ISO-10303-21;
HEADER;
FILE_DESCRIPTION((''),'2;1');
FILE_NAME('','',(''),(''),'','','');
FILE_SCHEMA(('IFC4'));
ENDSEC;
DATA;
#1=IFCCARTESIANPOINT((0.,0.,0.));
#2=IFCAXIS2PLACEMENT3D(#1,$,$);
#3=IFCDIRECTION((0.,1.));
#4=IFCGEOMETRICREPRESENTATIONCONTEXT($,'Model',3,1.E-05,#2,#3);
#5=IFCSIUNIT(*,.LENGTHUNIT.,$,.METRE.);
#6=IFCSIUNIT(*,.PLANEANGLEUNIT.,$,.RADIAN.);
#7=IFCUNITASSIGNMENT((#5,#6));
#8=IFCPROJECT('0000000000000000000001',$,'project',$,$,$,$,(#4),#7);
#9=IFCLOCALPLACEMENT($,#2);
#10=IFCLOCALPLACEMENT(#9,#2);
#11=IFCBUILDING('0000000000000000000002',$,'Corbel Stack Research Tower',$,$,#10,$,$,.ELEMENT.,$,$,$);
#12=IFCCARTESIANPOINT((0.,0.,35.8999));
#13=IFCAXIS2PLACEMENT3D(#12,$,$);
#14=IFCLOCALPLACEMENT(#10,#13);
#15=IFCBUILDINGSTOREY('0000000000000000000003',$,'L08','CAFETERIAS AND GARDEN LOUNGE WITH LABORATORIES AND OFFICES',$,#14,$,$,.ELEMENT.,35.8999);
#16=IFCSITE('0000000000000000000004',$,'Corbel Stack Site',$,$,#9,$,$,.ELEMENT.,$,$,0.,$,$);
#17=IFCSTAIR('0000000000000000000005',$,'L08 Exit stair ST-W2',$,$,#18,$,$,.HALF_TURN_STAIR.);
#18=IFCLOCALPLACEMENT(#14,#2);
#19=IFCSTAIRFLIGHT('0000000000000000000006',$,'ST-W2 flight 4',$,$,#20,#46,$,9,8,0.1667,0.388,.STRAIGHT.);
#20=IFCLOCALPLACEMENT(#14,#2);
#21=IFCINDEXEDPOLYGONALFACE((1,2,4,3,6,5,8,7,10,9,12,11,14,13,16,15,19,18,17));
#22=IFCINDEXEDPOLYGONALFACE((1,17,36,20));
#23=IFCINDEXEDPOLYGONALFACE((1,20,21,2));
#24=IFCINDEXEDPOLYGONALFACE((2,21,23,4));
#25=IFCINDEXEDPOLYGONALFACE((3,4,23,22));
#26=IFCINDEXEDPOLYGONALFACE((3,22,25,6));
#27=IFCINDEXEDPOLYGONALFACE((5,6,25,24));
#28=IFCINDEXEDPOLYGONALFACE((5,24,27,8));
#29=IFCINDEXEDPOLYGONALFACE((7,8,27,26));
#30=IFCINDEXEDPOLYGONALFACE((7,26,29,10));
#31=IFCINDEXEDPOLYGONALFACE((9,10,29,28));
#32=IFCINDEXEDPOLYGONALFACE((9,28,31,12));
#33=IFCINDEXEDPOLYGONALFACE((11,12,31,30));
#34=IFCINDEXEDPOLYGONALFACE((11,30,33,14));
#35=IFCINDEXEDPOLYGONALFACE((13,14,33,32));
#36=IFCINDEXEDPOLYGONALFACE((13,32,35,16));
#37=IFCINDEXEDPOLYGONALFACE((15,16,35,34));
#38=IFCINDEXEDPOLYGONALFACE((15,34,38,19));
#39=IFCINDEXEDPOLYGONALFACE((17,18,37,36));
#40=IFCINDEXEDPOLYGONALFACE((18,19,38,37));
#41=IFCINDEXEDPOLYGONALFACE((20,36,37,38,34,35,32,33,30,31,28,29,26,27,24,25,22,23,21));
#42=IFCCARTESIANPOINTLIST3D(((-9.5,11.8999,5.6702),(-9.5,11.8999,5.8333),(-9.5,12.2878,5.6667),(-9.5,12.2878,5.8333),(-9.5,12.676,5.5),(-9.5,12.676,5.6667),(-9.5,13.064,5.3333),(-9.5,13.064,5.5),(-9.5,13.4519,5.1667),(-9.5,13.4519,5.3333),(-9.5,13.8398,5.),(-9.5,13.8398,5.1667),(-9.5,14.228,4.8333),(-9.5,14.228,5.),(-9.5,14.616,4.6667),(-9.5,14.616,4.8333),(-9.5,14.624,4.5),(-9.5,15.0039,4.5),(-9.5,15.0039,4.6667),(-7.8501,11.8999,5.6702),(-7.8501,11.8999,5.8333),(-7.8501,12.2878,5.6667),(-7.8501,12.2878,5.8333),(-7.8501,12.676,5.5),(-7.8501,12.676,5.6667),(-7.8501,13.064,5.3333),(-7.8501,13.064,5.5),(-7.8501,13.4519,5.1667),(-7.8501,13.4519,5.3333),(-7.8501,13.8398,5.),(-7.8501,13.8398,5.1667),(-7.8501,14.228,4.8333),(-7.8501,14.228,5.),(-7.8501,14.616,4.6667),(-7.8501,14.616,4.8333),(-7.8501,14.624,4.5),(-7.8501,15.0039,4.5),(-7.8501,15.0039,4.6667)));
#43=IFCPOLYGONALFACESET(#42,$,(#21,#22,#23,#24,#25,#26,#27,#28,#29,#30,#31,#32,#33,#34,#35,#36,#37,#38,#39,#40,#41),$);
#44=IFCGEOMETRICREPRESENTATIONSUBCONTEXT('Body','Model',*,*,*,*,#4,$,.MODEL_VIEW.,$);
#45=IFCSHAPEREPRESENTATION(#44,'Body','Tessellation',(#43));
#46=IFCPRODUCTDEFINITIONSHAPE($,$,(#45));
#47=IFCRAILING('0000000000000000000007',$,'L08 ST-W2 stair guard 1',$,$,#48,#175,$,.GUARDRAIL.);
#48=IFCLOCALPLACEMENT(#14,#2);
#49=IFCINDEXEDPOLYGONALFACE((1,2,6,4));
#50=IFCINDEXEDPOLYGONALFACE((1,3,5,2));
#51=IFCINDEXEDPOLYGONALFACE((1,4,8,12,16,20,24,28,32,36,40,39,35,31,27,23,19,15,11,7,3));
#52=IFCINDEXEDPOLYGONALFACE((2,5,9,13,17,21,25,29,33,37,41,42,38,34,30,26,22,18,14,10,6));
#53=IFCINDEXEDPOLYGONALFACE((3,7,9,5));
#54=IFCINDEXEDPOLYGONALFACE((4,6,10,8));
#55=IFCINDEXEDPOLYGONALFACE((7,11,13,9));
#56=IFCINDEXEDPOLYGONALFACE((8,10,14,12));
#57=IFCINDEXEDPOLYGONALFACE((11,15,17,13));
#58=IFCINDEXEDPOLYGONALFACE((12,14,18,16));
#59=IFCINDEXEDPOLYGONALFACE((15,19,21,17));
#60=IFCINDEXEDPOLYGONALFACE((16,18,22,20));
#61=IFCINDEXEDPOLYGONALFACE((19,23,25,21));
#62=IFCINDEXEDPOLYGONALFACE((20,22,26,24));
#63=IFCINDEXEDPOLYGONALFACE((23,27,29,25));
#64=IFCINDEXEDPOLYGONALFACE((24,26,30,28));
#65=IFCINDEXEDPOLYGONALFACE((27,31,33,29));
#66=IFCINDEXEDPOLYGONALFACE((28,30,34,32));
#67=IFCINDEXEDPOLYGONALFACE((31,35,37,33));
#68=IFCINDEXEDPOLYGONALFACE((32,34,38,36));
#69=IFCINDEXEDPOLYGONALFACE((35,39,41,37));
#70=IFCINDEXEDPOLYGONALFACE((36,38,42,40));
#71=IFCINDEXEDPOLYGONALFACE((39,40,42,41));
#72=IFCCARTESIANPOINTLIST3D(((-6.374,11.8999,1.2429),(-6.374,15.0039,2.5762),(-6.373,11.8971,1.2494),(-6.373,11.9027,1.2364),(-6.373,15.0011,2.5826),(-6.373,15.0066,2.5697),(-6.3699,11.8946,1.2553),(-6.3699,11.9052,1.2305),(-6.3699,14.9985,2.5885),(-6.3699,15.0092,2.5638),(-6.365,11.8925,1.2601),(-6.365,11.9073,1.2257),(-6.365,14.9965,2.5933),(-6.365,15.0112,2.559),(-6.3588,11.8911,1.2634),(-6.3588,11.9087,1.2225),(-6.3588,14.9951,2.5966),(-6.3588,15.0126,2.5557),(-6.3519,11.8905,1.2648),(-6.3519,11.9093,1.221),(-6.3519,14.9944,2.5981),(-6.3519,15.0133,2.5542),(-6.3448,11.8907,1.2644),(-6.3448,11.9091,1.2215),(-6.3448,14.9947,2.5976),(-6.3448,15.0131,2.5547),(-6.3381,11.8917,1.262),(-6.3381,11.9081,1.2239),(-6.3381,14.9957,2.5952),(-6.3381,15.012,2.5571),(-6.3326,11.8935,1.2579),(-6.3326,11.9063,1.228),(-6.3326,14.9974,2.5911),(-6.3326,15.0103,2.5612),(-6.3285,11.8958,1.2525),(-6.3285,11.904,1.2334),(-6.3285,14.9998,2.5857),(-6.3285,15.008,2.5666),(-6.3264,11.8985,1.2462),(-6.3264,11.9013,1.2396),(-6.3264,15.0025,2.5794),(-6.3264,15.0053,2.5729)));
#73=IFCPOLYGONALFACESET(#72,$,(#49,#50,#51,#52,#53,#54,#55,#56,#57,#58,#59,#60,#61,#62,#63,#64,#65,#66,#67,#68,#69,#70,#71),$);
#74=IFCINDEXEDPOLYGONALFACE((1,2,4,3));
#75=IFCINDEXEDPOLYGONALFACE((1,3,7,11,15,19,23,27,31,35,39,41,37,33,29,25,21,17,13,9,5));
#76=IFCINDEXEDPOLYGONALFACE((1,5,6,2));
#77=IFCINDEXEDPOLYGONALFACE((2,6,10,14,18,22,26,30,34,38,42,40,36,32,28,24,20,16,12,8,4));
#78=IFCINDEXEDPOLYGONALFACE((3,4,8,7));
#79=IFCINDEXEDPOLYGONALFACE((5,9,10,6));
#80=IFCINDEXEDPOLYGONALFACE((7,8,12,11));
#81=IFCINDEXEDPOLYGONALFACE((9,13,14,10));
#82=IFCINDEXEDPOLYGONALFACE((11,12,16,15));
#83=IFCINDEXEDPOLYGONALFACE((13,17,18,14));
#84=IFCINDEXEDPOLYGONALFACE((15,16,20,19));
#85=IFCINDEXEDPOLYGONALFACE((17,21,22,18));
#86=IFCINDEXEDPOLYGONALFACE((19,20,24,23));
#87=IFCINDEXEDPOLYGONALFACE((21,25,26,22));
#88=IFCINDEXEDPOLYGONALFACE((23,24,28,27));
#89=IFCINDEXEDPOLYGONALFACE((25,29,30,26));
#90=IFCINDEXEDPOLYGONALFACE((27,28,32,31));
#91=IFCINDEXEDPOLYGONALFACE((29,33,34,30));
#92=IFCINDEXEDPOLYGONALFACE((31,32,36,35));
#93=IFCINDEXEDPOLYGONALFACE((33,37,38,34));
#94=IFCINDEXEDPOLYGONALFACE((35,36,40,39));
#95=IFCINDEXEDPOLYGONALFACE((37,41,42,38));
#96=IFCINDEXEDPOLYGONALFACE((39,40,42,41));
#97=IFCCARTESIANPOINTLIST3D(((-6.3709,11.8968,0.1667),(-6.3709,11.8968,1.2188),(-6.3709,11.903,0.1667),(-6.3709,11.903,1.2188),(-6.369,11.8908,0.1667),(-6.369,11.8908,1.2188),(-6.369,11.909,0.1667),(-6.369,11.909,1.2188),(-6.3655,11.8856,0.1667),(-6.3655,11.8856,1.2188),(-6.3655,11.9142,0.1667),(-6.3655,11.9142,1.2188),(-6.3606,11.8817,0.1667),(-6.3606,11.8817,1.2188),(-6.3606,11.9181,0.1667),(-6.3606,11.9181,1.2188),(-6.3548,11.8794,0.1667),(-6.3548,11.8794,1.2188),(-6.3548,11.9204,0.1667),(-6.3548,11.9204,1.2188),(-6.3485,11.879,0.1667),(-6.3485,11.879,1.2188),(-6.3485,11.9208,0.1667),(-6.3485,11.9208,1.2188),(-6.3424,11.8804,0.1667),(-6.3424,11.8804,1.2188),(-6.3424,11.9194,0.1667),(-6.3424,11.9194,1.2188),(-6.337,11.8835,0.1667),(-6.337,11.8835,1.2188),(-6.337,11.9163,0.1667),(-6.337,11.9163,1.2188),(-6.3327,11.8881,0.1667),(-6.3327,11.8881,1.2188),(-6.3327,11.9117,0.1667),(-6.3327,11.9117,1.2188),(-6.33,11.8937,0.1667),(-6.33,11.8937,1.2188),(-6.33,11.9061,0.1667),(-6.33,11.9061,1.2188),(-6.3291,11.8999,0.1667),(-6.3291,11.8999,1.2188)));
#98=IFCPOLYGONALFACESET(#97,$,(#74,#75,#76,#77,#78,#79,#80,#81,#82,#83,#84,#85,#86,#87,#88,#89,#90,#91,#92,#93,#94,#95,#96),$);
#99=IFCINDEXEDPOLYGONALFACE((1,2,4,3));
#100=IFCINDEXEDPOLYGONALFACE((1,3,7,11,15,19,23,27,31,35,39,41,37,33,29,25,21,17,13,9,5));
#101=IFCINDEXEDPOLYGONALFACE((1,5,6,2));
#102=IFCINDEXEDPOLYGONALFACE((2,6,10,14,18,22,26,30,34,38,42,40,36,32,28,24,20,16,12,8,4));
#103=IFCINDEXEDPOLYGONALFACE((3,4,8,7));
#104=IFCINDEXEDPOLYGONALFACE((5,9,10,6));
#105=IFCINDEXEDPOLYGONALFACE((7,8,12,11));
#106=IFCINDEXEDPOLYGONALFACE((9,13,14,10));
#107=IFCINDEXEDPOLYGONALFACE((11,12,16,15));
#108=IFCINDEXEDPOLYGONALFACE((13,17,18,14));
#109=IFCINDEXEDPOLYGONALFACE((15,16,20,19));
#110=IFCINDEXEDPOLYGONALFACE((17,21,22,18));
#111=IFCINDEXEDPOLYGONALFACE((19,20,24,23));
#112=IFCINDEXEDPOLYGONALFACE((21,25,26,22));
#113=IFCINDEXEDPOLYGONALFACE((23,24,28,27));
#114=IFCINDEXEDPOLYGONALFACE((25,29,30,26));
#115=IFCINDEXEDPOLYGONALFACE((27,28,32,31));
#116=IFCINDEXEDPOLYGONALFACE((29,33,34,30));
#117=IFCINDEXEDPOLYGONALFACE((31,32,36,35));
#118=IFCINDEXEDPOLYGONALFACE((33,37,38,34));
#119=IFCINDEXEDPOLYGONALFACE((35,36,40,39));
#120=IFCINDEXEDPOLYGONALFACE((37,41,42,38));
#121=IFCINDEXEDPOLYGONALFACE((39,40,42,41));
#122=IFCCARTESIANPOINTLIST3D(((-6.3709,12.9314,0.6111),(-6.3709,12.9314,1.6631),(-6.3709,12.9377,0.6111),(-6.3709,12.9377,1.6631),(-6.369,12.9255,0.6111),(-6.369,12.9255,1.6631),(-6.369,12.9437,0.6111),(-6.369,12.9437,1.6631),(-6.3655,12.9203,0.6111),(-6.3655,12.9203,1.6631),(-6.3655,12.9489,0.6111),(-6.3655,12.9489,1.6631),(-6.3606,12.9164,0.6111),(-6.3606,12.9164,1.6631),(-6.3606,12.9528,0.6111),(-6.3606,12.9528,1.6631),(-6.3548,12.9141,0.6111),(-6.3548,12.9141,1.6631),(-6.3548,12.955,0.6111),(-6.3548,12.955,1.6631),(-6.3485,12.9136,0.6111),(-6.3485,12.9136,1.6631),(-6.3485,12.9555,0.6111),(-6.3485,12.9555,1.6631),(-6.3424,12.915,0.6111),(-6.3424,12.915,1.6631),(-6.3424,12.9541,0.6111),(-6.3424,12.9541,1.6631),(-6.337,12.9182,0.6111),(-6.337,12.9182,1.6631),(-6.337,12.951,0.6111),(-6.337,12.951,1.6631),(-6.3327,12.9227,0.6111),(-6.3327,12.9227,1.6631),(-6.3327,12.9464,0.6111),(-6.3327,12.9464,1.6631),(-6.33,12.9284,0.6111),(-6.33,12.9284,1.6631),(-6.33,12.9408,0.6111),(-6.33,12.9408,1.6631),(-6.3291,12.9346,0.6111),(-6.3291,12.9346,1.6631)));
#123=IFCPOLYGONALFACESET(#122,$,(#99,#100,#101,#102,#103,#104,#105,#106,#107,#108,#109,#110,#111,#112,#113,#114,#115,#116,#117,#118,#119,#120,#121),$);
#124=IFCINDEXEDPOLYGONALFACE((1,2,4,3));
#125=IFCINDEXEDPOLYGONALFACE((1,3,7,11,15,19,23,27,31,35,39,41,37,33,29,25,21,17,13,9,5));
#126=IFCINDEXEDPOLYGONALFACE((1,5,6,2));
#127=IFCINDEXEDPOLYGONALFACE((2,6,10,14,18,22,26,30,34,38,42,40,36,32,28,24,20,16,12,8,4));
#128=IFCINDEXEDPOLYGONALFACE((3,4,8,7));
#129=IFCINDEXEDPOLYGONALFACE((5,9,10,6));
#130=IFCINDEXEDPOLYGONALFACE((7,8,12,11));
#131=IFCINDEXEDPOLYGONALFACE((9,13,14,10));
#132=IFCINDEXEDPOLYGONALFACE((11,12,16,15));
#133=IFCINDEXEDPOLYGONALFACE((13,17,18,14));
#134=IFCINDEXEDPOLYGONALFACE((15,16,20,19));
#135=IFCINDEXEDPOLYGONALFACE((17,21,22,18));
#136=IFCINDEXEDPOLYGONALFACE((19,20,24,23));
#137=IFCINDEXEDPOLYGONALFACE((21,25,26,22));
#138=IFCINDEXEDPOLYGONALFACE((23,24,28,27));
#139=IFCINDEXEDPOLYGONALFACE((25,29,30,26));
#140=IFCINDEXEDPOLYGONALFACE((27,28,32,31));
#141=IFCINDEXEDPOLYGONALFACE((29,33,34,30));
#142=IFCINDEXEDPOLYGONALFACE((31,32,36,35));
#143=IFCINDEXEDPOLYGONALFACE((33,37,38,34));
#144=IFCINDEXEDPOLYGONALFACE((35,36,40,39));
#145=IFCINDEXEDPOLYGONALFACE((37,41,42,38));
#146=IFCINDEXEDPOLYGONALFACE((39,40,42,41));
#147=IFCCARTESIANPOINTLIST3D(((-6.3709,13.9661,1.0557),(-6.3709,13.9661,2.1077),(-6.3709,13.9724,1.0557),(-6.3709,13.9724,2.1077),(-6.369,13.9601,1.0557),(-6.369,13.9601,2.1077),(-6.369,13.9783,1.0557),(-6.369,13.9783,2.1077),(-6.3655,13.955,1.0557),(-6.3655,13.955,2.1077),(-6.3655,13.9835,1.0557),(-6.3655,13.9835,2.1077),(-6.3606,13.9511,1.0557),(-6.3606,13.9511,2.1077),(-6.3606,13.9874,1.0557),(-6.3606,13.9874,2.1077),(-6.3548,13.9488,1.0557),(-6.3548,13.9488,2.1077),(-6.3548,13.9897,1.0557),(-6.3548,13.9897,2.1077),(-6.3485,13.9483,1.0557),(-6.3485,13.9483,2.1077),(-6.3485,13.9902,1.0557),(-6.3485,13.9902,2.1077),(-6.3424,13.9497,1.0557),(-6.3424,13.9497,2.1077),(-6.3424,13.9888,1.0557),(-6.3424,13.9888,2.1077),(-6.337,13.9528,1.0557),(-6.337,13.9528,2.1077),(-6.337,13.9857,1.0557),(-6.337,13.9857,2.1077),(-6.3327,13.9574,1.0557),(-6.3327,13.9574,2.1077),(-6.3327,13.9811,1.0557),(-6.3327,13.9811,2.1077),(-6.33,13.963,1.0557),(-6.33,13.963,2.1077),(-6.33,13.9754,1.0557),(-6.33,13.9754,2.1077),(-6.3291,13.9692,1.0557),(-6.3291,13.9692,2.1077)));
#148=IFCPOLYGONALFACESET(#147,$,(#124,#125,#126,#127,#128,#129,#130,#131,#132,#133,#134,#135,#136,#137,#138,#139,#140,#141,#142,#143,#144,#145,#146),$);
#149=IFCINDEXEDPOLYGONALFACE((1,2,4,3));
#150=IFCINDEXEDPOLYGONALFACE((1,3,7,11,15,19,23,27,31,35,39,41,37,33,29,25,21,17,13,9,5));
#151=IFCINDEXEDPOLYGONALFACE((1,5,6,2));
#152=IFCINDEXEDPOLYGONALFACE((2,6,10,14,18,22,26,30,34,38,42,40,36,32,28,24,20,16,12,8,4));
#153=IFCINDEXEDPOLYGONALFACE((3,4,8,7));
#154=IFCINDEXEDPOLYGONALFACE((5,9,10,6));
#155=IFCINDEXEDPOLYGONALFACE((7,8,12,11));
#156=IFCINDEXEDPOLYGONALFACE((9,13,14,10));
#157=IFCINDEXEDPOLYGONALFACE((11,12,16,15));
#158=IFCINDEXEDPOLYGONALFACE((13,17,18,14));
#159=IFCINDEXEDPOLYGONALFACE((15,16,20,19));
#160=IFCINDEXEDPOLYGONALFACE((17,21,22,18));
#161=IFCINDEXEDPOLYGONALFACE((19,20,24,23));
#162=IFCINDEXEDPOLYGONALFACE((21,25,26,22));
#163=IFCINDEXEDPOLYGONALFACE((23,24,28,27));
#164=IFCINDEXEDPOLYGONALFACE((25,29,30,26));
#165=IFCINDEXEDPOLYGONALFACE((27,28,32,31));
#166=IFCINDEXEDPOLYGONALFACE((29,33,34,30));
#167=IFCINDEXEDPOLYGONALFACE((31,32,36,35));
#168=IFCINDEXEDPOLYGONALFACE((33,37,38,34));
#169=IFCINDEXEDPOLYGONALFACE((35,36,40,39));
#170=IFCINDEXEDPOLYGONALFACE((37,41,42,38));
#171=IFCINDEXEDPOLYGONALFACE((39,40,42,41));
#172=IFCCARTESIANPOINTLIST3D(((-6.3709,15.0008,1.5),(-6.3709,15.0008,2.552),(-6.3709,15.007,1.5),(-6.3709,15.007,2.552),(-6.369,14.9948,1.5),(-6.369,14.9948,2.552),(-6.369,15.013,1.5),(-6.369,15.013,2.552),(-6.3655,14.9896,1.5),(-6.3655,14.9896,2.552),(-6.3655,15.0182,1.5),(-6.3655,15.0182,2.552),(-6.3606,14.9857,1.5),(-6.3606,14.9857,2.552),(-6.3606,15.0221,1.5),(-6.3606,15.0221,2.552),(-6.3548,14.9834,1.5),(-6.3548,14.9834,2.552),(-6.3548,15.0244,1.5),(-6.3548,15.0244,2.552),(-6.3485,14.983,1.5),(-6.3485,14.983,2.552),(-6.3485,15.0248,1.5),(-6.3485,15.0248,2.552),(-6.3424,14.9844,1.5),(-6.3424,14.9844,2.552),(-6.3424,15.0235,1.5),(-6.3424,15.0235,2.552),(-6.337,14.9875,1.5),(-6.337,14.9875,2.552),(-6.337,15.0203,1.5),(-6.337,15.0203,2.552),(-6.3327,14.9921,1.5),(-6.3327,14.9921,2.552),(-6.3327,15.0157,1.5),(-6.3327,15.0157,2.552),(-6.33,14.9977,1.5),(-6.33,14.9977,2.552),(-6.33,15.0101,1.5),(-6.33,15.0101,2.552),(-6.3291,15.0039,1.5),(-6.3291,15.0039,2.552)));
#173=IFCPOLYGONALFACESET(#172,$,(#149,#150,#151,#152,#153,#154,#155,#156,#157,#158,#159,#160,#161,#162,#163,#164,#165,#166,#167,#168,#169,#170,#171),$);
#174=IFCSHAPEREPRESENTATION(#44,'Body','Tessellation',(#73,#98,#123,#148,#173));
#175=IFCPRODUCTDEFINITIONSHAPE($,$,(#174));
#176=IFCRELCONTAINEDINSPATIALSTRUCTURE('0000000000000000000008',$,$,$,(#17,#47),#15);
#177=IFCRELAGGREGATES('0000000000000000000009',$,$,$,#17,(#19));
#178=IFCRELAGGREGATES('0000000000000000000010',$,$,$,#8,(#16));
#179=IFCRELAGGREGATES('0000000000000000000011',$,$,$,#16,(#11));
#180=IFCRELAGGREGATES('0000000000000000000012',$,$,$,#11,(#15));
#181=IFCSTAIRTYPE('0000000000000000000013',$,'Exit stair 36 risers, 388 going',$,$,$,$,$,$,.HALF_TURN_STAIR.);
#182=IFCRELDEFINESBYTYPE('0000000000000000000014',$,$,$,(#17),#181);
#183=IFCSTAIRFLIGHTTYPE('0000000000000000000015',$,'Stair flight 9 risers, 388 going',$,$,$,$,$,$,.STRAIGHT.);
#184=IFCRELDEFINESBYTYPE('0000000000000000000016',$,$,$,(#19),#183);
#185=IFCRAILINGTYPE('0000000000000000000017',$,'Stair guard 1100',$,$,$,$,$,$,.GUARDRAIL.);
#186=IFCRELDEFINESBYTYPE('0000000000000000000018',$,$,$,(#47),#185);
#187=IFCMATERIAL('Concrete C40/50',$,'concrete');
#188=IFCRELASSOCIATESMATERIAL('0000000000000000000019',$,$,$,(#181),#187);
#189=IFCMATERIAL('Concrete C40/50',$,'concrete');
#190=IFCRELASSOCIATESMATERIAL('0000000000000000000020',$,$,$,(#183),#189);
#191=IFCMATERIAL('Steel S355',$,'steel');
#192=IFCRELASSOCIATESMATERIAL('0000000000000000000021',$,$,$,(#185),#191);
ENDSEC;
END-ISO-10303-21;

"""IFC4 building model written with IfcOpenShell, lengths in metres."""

from ifc_helpers import new_model, si_unit, direction, frame, origin, origin_2d, place, context, subcontext, project, spatial, polyline, circle, outline, extrude, material, type_object, element, aggregate, save


model = new_model("IFC4")

# Units and contexts
model_context = context("Model", 3, precision=1e-05, world=origin(), true_north=direction((0.0, 1.0)))
body_context = subcontext(model_context, "Body", "Model", "MODEL_VIEW")
ifc_project = project(units=[si_unit("LENGTHUNIT", "METRE"), si_unit("PLANEANGLEUNIT", "RADIAN")], contexts=[model_context])

# Site, building, storey
site_placement = place(None, origin())
site = spatial("IfcSite", under=ifc_project, at=site_placement, Name="Corbel Stack Site", CompositionType="ELEMENT", RefElevation=0.0)
building_placement = place(site_placement, origin())
building = spatial("IfcBuilding", under=site, at=building_placement, Name="Corbel Stack Research Tower", CompositionType="ELEMENT")
storey_placement = place(building_placement, frame((0.0, 0.0, 35.8999)))
storey = spatial("IfcBuildingStorey", under=building, at=storey_placement, Name="L08", Description="CAFETERIAS AND GARDEN LOUNGE WITH LABORATORIES AND OFFICES", CompositionType="ELEMENT", Elevation=35.8999)

# Stair, stair flight
ifc_material_1 = material(Name="Concrete C40/50", Category="concrete")
stair_type = type_object("IfcStairType", Name="Exit stair 36 risers, 388 going", PredefinedType="HALF_TURN_STAIR", material=ifc_material_1)
stair_placement = place(storey_placement, origin())
stair = element("IfcStair", 1, at=stair_placement, inside=storey, type_object=stair_type, Name="L08 Exit stair ST-W2", PredefinedType="HALF_TURN_STAIR")
ifc_material_2 = material(Name="Concrete C40/50", Category="concrete")
stair_flight_type = type_object("IfcStairFlightType", Name="Stair flight 9 risers, 388 going", PredefinedType="STRAIGHT", material=ifc_material_2)
stair_flight_1_placement = place(storey_placement, frame((-8.675, 15.0039, 4.5), z_axis=(0.0, 0.0, 1.0), x_axis=(0.0, -1.0, 0.0)))
stair_flight_1 = element("IfcStairFlight", 2, at=stair_flight_1_placement, type_object=stair_flight_type, Name="ST-W2 flight 4", NumberOfRisers=9, NumberOfTreads=8, PredefinedType="STRAIGHT", RiserHeight=0.1667, TreadLength=0.388, context=body_context, shape_type="SweptSolid", body=[
    extrude(outline(polyline([(0.0, 0.0), (0.0, 0.1667), (0.3879, 0.1667), (0.3879, 0.3333), (0.7759, 0.3333), (0.7759, 0.5), (1.1641, 0.5), (1.1641, 0.6667), (1.552, 0.6667), (1.552, 0.8333), (1.9399, 0.8333), (1.9399, 1.0), (2.3279, 1.0), (2.3279, 1.1667), (2.7161, 1.1667), (2.7161, 1.3333), (3.104, 1.3333), (3.104, 1.5), (3.104, 1.1702), (0.3799, 0.0), (0.0, 0.0)])), frame((0.0, 0.825, 0.0), z_axis=(0.0, -1.0, 0.0), x_axis=(1.0, 0.0, 0.0)), (0.0, 0.0, 1.0), 1.6499),
])
aggregate(stair, [stair_flight_1])

# Railing
ifc_material_3 = material(Name="Steel S355", Category="steel")
railing_type_1 = type_object("IfcRailingType", Name="Stair guard 1100", PredefinedType="GUARDRAIL", material=ifc_material_3)
railing_1_placement = place(storey_placement, frame((-6.3501, 11.8999, 0.1667)))
element("IfcRailing", 3, at=railing_1_placement, inside=storey, type_object=railing_type_1, Name="L08 ST-W2 stair guard 1", PredefinedType="GUARDRAIL", context=body_context, shape_type="SweptSolid", body=[
    extrude(circle(Radius=0.0239, at=origin_2d()), frame((0.0, 0.0, 1.0762), z_axis=(0.0, 0.918827, 0.394661), x_axis=(-1.0, 0.0, 0.0)), (0.0, 0.0, 1.0), 3.3782),
    extrude(circle(Radius=0.021, at=origin_2d()), origin(), (0.0, 0.0, 1.0), 1.052),
    extrude(circle(Radius=0.021, at=origin_2d()), frame((0.0, 1.0347, 0.4443)), (0.0, 0.0, 1.0), 1.052),
    extrude(circle(Radius=0.021, at=origin_2d()), frame((0.0, 2.0693, 0.8889)), (0.0, 0.0, 1.0), 1.052),
    extrude(circle(Radius=0.021, at=origin_2d()), frame((0.0, 3.104, 1.3333)), (0.0, 0.0, 1.0), 1.052),
])

save(model, "model.ifc")
